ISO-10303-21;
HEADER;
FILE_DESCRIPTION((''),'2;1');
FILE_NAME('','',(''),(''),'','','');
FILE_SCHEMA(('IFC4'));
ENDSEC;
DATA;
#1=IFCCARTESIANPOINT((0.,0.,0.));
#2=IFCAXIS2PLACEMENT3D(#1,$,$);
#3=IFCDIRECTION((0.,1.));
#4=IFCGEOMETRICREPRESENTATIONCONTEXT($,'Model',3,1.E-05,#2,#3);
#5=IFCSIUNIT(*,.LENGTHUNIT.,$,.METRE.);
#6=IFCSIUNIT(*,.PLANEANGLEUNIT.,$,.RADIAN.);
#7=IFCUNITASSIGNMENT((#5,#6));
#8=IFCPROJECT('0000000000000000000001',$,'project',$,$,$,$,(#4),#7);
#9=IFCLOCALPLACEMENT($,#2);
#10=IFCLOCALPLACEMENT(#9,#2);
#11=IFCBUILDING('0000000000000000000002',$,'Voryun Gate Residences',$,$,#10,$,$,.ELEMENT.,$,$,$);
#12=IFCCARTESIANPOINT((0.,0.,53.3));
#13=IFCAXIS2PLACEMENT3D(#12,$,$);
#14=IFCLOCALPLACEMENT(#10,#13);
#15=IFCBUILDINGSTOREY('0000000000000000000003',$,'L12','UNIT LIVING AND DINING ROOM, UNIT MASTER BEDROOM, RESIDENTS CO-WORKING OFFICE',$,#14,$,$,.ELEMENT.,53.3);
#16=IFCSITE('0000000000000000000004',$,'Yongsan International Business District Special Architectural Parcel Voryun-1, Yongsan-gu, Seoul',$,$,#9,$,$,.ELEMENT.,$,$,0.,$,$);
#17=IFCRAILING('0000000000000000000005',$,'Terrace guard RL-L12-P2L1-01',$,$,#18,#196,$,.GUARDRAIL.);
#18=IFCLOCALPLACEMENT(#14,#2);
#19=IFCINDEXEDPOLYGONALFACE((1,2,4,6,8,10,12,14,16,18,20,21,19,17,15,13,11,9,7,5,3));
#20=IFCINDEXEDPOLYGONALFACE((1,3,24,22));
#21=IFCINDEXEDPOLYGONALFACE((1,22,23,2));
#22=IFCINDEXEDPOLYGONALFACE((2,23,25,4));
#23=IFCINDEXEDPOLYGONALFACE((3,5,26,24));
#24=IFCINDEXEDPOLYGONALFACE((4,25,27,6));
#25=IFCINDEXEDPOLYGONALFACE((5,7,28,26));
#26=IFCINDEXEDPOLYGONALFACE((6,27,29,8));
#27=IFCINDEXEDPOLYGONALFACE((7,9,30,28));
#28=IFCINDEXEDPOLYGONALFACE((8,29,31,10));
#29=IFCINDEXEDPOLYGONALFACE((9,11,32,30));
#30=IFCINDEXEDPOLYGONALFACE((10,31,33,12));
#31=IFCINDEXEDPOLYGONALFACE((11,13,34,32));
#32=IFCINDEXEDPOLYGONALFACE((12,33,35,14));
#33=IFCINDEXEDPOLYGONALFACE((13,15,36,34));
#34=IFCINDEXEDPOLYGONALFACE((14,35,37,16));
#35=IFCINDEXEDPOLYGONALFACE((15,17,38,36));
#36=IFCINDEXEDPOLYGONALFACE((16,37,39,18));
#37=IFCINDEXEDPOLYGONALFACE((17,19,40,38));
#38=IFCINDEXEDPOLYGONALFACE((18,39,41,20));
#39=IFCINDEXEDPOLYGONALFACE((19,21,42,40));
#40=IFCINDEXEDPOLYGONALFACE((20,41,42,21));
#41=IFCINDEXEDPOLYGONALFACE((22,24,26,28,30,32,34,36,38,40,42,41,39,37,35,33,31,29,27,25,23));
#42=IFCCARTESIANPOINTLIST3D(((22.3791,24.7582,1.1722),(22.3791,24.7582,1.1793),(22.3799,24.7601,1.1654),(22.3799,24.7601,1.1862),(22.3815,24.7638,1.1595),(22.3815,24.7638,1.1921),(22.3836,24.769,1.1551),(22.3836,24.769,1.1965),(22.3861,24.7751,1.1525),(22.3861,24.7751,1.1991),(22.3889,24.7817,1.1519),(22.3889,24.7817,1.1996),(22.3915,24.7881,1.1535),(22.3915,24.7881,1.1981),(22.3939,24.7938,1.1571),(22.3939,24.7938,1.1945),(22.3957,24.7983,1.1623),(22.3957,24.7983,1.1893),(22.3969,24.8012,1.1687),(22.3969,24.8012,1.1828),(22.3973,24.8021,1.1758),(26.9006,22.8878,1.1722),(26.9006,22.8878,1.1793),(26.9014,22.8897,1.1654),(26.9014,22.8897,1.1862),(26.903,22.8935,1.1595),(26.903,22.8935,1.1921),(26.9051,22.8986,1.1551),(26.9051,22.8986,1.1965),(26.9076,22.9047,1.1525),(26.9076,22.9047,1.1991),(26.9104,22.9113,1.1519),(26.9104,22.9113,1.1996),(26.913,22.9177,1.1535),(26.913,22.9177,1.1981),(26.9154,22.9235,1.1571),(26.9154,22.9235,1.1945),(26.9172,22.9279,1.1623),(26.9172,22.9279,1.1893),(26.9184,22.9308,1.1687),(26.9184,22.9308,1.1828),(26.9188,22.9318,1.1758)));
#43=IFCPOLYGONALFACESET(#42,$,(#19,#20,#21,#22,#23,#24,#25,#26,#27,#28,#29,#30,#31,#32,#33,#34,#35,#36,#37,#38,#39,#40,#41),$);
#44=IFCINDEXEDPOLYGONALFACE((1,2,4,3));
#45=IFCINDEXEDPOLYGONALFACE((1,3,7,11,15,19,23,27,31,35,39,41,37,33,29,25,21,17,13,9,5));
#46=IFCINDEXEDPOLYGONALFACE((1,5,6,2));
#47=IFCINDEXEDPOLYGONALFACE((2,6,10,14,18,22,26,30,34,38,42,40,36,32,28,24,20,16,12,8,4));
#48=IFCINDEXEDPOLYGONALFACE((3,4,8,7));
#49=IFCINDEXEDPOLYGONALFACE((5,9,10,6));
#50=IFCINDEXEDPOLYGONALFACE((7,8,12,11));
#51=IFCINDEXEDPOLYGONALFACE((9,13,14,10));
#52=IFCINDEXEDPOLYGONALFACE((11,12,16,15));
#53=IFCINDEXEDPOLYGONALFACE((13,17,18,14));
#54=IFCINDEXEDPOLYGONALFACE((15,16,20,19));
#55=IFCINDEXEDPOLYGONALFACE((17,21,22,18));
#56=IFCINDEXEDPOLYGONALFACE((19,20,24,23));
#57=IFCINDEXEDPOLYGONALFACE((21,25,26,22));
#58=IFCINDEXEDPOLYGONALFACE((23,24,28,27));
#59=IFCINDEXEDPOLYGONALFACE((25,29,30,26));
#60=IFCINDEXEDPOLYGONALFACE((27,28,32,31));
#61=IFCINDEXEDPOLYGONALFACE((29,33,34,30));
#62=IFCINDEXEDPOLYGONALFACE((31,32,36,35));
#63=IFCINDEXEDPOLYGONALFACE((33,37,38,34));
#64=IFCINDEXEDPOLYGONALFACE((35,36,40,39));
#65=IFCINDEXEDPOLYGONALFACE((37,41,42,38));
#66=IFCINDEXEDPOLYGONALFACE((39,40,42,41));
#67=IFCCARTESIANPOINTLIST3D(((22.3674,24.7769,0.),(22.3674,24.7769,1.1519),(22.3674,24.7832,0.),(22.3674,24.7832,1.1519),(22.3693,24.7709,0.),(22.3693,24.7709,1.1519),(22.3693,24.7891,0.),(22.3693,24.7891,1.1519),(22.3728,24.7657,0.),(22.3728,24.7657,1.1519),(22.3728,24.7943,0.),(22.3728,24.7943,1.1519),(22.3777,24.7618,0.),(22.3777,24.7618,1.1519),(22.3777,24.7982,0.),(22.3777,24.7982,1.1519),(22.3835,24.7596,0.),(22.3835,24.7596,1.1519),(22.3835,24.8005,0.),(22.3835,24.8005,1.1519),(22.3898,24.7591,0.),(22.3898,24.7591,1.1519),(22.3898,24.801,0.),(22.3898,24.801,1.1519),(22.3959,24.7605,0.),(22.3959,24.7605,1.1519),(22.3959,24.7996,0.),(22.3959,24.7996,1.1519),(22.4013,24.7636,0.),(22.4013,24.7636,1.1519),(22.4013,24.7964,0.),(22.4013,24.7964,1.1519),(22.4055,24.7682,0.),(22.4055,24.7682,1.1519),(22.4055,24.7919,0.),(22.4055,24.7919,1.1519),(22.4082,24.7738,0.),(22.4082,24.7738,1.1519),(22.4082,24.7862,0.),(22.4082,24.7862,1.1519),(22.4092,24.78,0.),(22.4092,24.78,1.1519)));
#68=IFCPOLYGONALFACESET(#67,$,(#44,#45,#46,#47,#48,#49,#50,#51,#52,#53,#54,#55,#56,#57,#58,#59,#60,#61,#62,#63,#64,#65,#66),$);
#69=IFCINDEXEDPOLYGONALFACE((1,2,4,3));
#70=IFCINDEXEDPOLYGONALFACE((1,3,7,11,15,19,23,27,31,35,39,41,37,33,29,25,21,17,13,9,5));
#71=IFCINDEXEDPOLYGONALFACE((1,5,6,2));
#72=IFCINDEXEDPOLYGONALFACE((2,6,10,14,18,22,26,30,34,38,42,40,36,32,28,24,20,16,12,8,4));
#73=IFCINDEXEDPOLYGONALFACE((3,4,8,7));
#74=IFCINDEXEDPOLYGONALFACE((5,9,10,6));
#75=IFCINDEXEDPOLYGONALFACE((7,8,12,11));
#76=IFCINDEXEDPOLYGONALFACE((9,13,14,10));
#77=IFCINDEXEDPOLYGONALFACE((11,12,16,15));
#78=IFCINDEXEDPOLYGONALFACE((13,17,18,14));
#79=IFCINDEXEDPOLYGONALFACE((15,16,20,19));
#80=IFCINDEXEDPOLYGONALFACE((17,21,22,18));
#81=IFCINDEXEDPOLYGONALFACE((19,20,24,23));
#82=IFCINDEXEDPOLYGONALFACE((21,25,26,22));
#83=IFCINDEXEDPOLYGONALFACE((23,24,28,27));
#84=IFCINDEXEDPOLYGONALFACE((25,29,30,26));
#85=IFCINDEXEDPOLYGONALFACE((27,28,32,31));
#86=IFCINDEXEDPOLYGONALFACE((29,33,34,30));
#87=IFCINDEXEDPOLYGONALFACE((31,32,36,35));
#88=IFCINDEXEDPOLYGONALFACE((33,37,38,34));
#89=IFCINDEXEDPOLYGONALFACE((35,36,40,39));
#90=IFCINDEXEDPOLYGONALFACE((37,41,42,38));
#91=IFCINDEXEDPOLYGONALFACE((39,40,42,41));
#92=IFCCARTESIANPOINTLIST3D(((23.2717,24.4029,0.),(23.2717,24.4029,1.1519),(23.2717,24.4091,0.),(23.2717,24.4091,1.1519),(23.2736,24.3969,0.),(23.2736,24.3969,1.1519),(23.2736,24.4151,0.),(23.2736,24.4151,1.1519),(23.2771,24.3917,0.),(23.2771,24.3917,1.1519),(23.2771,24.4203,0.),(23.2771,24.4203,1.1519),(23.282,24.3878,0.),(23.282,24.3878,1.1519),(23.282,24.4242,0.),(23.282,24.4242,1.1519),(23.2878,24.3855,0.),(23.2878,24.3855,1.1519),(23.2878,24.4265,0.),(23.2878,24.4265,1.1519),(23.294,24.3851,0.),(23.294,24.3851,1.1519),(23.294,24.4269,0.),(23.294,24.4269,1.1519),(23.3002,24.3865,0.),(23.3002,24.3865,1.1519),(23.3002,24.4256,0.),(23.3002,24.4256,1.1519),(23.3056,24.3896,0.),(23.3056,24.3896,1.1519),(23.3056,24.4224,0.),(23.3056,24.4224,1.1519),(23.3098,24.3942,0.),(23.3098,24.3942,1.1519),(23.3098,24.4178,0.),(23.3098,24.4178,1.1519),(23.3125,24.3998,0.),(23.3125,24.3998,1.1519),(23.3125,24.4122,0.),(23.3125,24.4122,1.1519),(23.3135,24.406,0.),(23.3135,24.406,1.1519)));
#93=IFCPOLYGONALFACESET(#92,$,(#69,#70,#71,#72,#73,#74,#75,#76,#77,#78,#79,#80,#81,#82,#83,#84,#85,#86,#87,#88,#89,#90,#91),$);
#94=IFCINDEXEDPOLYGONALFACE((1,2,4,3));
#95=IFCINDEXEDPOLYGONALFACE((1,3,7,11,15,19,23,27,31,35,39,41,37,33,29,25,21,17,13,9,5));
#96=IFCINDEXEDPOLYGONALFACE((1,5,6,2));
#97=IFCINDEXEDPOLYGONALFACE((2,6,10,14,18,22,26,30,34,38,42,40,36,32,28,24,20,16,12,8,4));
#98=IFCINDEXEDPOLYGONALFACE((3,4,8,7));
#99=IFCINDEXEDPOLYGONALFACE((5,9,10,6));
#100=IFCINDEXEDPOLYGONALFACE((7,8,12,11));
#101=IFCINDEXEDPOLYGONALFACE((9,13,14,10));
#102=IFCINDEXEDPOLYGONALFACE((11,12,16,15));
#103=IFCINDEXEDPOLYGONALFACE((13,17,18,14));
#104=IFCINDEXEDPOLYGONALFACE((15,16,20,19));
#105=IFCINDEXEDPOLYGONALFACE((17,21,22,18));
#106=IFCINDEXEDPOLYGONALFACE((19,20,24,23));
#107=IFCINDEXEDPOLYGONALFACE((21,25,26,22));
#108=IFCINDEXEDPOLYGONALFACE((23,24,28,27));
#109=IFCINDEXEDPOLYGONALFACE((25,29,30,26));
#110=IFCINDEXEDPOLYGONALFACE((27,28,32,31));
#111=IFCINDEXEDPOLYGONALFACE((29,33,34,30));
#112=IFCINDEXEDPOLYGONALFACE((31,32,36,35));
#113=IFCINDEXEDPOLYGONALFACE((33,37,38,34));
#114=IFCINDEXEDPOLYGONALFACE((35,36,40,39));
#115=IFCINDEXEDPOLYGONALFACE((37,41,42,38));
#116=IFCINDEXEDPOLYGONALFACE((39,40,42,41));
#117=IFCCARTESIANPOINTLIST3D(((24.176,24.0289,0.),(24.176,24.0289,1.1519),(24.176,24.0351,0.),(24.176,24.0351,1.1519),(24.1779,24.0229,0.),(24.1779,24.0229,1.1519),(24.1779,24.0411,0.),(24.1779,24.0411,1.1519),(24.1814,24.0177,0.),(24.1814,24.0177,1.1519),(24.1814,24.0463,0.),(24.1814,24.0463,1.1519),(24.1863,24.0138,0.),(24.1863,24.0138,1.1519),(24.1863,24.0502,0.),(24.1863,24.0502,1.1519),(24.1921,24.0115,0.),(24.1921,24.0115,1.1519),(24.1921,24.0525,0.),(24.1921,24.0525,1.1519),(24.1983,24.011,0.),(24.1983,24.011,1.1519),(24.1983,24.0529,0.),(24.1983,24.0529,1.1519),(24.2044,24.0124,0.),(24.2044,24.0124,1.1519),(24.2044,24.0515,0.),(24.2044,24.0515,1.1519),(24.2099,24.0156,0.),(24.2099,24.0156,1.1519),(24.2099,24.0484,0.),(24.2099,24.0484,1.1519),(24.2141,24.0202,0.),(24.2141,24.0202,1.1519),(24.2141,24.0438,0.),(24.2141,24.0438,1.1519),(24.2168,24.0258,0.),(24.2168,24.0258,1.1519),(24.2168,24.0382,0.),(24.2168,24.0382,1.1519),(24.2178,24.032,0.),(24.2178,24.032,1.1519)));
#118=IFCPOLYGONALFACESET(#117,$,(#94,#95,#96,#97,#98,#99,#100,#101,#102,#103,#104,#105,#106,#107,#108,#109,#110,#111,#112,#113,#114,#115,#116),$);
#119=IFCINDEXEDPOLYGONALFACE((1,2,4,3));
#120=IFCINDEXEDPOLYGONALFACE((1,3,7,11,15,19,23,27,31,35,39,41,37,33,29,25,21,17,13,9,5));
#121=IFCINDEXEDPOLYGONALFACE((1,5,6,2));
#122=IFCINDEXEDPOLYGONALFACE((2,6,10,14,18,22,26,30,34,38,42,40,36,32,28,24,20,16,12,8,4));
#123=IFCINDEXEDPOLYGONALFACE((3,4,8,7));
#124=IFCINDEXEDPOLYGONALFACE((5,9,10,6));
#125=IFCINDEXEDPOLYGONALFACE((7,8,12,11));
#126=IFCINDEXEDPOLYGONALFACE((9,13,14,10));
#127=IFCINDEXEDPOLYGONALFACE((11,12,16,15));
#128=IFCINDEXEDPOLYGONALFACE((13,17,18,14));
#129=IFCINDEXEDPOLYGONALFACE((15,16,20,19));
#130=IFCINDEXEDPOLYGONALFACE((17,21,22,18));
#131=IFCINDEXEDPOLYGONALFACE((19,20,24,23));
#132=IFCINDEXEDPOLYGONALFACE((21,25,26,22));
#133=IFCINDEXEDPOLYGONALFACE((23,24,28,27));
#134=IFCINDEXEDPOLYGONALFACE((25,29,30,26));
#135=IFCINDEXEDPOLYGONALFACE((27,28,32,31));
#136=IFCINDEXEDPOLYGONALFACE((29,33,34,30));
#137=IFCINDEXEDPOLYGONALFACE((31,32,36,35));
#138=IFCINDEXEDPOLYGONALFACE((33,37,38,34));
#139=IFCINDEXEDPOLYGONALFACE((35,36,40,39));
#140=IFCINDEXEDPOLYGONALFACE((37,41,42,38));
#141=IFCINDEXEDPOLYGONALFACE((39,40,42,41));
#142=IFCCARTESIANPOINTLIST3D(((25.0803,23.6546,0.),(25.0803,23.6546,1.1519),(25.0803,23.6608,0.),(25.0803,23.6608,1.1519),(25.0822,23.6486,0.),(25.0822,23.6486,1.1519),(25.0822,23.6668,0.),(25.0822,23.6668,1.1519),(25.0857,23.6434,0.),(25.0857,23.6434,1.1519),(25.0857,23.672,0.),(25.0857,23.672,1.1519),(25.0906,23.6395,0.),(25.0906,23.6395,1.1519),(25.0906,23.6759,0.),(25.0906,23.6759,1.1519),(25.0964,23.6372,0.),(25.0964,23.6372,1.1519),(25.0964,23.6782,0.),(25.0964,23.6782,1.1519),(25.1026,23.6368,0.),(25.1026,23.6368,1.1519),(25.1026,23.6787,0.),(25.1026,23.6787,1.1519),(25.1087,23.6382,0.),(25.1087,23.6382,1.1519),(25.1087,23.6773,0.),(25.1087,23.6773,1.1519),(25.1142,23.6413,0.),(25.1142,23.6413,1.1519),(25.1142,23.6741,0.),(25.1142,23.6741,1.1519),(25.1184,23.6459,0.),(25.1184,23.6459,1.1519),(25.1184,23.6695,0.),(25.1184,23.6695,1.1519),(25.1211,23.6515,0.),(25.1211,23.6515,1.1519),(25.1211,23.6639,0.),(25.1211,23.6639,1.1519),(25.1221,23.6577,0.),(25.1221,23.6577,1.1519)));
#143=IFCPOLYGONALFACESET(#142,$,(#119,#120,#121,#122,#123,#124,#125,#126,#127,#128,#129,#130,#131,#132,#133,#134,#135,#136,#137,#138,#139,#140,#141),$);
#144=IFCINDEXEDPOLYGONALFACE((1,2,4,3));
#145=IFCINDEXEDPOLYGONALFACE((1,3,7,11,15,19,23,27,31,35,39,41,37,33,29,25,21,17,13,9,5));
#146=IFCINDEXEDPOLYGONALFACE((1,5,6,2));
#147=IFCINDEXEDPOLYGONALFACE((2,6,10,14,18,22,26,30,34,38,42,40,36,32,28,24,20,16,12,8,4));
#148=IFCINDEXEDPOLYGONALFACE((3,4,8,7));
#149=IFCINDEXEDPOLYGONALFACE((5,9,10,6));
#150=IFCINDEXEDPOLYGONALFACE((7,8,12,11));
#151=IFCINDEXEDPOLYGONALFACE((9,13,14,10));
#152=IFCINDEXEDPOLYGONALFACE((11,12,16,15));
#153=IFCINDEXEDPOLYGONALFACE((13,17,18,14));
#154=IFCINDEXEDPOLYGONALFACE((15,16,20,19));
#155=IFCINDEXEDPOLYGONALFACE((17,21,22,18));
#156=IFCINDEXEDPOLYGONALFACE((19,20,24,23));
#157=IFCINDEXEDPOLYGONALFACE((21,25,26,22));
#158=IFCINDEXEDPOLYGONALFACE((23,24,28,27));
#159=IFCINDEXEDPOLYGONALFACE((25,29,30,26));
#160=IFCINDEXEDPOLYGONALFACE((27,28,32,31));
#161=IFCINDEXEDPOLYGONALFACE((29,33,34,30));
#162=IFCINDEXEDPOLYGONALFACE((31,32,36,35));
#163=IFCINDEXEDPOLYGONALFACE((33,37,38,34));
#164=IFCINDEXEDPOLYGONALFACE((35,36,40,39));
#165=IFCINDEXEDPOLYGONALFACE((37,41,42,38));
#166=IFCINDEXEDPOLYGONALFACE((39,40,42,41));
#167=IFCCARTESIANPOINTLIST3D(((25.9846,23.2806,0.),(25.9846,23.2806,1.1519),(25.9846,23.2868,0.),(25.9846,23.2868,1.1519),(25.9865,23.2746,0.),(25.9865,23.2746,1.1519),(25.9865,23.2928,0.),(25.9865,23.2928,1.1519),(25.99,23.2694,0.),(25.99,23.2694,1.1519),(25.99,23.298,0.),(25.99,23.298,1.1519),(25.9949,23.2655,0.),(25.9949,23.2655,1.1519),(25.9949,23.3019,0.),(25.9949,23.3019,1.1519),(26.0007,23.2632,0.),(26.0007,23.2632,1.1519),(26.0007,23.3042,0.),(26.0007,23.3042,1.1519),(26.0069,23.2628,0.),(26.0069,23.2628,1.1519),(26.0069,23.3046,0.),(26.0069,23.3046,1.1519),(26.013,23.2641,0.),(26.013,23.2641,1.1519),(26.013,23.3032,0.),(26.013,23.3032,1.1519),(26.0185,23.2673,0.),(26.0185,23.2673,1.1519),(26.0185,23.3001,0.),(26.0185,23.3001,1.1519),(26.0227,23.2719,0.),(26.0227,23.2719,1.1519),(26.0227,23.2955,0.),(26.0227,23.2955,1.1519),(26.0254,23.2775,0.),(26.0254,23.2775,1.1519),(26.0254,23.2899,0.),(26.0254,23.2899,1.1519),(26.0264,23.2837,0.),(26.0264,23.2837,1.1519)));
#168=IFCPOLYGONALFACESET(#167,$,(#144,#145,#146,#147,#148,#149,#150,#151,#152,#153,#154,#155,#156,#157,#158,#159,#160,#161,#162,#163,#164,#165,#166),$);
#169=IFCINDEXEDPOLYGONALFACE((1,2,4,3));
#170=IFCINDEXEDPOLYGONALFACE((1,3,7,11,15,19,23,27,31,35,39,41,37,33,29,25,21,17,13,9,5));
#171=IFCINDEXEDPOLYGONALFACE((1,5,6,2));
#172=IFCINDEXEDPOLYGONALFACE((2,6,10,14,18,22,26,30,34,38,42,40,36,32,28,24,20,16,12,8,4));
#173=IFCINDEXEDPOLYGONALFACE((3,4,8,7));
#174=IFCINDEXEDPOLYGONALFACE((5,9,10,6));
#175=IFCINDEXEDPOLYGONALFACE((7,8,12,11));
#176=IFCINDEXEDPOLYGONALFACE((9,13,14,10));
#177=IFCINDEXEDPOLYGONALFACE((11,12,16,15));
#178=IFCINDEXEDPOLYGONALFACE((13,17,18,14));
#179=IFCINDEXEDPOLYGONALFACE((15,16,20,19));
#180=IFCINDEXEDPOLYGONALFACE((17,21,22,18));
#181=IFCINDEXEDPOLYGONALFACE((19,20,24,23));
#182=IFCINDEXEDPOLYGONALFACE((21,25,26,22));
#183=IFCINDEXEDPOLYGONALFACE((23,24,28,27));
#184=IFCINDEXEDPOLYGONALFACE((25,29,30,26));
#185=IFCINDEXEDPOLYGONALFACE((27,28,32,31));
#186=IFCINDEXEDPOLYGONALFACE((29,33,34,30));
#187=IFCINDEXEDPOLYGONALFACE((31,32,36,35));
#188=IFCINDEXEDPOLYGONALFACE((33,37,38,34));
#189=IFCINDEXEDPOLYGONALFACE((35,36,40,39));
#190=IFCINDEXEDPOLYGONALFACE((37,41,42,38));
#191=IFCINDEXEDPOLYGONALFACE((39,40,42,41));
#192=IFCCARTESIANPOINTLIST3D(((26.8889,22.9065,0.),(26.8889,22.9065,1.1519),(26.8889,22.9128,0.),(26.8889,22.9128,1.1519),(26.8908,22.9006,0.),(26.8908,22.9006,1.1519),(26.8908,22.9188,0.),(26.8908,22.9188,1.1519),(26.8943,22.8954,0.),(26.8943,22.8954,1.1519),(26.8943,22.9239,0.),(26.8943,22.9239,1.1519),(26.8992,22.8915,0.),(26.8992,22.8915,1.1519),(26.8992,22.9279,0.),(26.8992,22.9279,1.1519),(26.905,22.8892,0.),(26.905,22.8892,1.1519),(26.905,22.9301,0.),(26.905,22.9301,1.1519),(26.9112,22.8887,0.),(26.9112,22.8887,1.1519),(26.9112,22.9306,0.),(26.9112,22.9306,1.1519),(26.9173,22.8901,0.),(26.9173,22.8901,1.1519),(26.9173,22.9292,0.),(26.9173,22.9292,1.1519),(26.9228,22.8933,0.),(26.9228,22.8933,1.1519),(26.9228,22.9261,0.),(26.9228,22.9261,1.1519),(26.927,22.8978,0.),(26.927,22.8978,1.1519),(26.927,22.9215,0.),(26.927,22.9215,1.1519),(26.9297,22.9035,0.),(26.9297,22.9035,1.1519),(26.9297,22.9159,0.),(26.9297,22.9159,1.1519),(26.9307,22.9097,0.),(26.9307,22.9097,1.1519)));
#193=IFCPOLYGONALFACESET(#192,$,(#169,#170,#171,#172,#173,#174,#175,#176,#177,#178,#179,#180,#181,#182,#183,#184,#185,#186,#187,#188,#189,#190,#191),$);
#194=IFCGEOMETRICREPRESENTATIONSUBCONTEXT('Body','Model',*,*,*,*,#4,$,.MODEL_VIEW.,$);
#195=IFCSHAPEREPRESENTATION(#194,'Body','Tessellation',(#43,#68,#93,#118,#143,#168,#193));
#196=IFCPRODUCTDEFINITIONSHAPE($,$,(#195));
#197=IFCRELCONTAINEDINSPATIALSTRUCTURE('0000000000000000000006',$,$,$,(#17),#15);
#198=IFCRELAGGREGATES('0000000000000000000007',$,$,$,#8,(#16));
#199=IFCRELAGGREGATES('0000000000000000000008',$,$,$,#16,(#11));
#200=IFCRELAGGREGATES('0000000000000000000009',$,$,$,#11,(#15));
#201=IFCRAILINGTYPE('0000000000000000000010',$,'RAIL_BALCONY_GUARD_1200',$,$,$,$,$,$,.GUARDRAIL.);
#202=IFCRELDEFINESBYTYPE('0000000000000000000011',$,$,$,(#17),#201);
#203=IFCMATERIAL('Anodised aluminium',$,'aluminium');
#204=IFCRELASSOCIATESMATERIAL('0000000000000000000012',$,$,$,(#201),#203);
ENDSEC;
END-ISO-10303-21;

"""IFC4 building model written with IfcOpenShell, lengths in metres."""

from ifc_helpers import new_model, si_unit, direction, frame, origin, origin_2d, place, context, subcontext, project, spatial, circle, extrude, material, type_object, element, save


model = new_model("IFC4")

# Units and contexts
model_context = context("Model", 3, precision=1e-05, world=origin(), true_north=direction((0.0, 1.0)))
body_context = subcontext(model_context, "Body", "Model", "MODEL_VIEW")
ifc_project = project(units=[si_unit("LENGTHUNIT", "METRE"), si_unit("PLANEANGLEUNIT", "RADIAN")], contexts=[model_context])

# Site, building, storey
site_placement = place(None, origin())
site = spatial("IfcSite", under=ifc_project, at=site_placement, Name="Yongsan International Business District Special Architectural Parcel Voryun-1, Yongsan-gu, Seoul", CompositionType="ELEMENT", RefElevation=0.0)
building_placement = place(site_placement, origin())
building = spatial("IfcBuilding", under=site, at=building_placement, Name="Voryun Gate Residences", CompositionType="ELEMENT")
storey_placement = place(building_placement, frame((0.0, 0.0, 53.3)))
storey = spatial("IfcBuildingStorey", under=building, at=storey_placement, Name="L12", Description="UNIT LIVING AND DINING ROOM, UNIT MASTER BEDROOM, RESIDENTS CO-WORKING OFFICE", CompositionType="ELEMENT", Elevation=53.3)

# Railing
ifc_material_1 = material(Name="Anodised aluminium", Category="aluminium")
railing_type = type_object("IfcRailingType", Name="RAIL_BALCONY_GUARD_1200", PredefinedType="GUARDRAIL", material=ifc_material_1)
railing_1_placement = place(storey_placement, frame((22.3882, 24.78, 0.0)))
element("IfcRailing", 1, at=railing_1_placement, inside=storey, type_object=railing_type, Name="Terrace guard RL-L12-P2L1-01", PredefinedType="GUARDRAIL", context=body_context, shape_type="SweptSolid", body=[
    extrude(circle(Radius=0.0239, at=origin_2d()), frame((0.0, 0.0, 1.1758), z_axis=(0.92406, -0.382247, 0.0), x_axis=(0.382247, 0.92406, 0.0)), (0.0, 0.0, 1.0), 4.8931),
    extrude(circle(Radius=0.021, at=origin_2d()), origin(), (0.0, 0.0, 1.0), 1.1519),
    extrude(circle(Radius=0.021, at=origin_2d()), frame((0.9043, -0.374, 0.0)), (0.0, 0.0, 1.0), 1.1519),
    extrude(circle(Radius=0.021, at=origin_2d()), frame((1.8086, -0.748, 0.0)), (0.0, 0.0, 1.0), 1.1519),
    extrude(circle(Radius=0.021, at=origin_2d()), frame((2.7129, -1.1223, 0.0)), (0.0, 0.0, 1.0), 1.1519),
    extrude(circle(Radius=0.021, at=origin_2d()), frame((3.6172, -1.4963, 0.0)), (0.0, 0.0, 1.0), 1.1519),
    extrude(circle(Radius=0.021, at=origin_2d()), frame((4.5215, -1.8704, 0.0)), (0.0, 0.0, 1.0), 1.1519),
])

save(model, "model.ifc")
